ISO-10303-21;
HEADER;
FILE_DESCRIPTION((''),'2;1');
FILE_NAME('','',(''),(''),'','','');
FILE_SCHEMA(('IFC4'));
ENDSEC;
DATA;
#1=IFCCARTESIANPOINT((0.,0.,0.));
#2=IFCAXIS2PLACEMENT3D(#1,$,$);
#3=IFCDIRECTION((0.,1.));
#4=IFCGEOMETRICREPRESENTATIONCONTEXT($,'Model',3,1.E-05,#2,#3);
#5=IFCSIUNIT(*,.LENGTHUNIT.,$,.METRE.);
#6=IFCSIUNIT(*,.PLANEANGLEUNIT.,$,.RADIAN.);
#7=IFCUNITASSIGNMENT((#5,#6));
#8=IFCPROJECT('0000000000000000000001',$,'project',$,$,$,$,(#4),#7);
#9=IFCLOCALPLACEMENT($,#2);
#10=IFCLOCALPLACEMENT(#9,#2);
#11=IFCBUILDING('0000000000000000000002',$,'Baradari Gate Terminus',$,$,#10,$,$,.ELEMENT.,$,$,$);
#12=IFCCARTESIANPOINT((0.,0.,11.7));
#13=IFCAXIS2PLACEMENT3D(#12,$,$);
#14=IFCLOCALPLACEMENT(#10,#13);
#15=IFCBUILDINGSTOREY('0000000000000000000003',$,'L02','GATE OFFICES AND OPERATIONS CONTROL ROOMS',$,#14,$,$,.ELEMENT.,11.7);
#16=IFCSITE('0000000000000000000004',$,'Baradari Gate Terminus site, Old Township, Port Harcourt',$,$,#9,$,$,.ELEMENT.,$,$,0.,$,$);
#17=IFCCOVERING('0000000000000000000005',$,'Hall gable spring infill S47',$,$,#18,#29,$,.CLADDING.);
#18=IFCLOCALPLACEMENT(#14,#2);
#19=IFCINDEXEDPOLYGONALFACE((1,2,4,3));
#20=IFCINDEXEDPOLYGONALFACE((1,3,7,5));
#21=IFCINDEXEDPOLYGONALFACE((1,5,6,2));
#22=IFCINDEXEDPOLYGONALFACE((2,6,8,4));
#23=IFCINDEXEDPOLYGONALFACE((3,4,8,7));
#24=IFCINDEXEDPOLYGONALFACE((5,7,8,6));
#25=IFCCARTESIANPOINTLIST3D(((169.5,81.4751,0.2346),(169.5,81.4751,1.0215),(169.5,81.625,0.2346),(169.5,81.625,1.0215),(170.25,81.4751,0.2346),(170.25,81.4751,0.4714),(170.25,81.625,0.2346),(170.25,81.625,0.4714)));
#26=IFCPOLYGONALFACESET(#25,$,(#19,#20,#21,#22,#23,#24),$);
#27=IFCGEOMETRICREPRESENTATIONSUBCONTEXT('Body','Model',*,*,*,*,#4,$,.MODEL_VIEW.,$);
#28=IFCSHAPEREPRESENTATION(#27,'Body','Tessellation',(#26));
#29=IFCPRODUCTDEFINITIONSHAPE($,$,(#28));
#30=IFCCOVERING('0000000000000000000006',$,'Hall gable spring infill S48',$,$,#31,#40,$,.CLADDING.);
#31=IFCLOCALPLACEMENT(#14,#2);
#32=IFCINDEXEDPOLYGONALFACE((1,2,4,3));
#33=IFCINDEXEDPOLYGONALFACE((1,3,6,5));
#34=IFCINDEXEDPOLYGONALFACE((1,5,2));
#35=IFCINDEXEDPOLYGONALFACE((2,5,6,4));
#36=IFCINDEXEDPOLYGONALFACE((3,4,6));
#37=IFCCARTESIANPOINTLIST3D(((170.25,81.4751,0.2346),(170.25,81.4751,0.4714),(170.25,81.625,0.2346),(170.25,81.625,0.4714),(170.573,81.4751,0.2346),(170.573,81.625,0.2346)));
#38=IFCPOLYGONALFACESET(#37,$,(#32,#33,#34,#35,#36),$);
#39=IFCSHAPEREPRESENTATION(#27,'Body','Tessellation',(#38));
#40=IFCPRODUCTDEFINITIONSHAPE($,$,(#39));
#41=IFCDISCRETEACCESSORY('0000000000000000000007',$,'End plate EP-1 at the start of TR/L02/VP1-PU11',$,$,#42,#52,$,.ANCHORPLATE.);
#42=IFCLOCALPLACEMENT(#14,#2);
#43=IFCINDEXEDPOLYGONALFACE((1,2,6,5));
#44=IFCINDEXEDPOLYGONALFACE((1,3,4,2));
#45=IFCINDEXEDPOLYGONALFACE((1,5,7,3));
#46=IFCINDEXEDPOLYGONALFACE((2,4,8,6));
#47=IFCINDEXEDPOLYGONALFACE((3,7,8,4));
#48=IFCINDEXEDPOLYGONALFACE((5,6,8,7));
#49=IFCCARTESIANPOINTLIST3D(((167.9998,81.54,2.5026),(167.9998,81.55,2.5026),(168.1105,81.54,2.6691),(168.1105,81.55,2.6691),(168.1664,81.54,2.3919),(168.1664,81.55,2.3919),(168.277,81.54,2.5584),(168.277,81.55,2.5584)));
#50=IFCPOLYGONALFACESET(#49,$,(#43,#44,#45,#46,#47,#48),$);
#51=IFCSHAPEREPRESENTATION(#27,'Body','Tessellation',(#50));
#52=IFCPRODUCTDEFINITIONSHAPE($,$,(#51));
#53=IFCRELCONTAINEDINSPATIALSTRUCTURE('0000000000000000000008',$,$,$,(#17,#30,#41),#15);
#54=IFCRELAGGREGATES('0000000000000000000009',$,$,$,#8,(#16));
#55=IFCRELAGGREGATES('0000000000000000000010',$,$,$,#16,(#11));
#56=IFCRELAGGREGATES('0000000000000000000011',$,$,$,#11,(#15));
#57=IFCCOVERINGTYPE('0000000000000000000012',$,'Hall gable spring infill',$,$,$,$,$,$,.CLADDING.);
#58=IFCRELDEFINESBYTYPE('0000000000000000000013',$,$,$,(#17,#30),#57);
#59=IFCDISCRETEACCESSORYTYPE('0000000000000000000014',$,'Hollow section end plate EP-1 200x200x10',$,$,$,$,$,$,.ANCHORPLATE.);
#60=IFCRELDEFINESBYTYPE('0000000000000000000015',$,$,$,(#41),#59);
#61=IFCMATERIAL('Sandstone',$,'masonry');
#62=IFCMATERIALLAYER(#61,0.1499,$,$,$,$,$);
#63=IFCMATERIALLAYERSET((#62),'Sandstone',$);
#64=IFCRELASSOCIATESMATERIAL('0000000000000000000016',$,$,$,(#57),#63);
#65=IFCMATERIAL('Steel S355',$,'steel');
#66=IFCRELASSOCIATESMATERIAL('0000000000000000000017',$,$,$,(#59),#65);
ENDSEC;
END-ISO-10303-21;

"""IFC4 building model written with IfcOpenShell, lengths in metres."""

from ifc_helpers import new_model, si_unit, direction, frame, origin, origin_2d, place, context, subcontext, project, spatial, polyline, rectangle, outline, extrude, material, layer, layer_set, type_object, element, save


model = new_model("IFC4")

# Units and contexts
model_context = context("Model", 3, precision=1e-05, world=origin(), true_north=direction((0.0, 1.0)))
body_context = subcontext(model_context, "Body", "Model", "MODEL_VIEW")
ifc_project = project(units=[si_unit("LENGTHUNIT", "METRE"), si_unit("PLANEANGLEUNIT", "RADIAN")], contexts=[model_context])

# Site, building, storey
site_placement = place(None, origin())
site = spatial("IfcSite", under=ifc_project, at=site_placement, Name="Baradari Gate Terminus site, Old Township, Port Harcourt", CompositionType="ELEMENT", RefElevation=0.0)
building_placement = place(site_placement, origin())
building = spatial("IfcBuilding", under=site, at=building_placement, Name="Baradari Gate Terminus", CompositionType="ELEMENT")
storey_placement = place(building_placement, frame((0.0, 0.0, 11.7)))
storey = spatial("IfcBuildingStorey", under=building, at=storey_placement, Name="L02", Description="GATE OFFICES AND OPERATIONS CONTROL ROOMS", CompositionType="ELEMENT", Elevation=11.7)

# Coverings
ifc_material_1 = material(Name="Sandstone", Category="masonry")
ifc_layer_1 = layer(ifc_material_1, 0.1499)
ifc_layer_set_1 = layer_set([ifc_layer_1], Name="Sandstone")
covering_type_1 = type_object("IfcCoveringType", Name="Hall gable spring infill", PredefinedType="CLADDING", material=ifc_layer_set_1)
covering_1_placement = place(storey_placement, frame((169.5, 81.55, 0.2346), z_axis=(0.0, 0.0, 1.0), x_axis=(1.0, 0.0, 0.0)))
element("IfcCovering", 1, at=covering_1_placement, inside=storey, type_object=covering_type_1, Name="Hall gable spring infill S47", PredefinedType="CLADDING", context=body_context, shape_type="SweptSolid", body=[
    extrude(outline(polyline([(0.0, 0.0), (0.75, 0.0), (0.75, 0.2368), (0.0, 0.7869), (0.0, 0.0)])), frame((0.0, 0.075, 0.0), z_axis=(0.0, -1.0, 0.0), x_axis=(1.0, 0.0, 0.0)), (0.0, 0.0, 1.0), 0.1499),
])
covering_2_placement = place(storey_placement, frame((170.25, 81.55, 0.2346), z_axis=(0.0, 0.0, 1.0), x_axis=(1.0, 0.0, 0.0)))
element("IfcCovering", 2, at=covering_2_placement, inside=storey, type_object=covering_type_1, Name="Hall gable spring infill S48", PredefinedType="CLADDING", context=body_context, shape_type="SweptSolid", body=[
    extrude(outline(polyline([(0.0, 0.0), (0.323, 0.0), (0.0, 0.2368), (0.0, 0.0)])), frame((0.0, 0.075, 0.0), z_axis=(0.0, -1.0, 0.0), x_axis=(1.0, 0.0, 0.0)), (0.0, 0.0, 1.0), 0.1499),
])

# Discrete accessory
ifc_material_2 = material(Name="Steel S355", Category="steel")
discrete_accessory_type = type_object("IfcDiscreteAccessoryType", Name="Hollow section end plate EP-1 200x200x10", PredefinedType="ANCHORPLATE", material=ifc_material_2)
discrete_accessory_placement = place(storey_placement, frame((168.1384, 81.54, 2.5305), z_axis=(0.0, 1.0, 0.0), x_axis=(-0.832836, 0.0, 0.553519)))
element("IfcDiscreteAccessory", 3, at=discrete_accessory_placement, inside=storey, type_object=discrete_accessory_type, Name="End plate EP-1 at the start of TR/L02/VP1-PU11", PredefinedType="ANCHORPLATE", context=body_context, shape_type="SweptSolid", body=[
    extrude(rectangle(XDim=0.2, YDim=0.2, at=origin_2d()), origin(), (0.0, 0.0, 1.0), 0.01),
])

save(model, "model.ifc")
